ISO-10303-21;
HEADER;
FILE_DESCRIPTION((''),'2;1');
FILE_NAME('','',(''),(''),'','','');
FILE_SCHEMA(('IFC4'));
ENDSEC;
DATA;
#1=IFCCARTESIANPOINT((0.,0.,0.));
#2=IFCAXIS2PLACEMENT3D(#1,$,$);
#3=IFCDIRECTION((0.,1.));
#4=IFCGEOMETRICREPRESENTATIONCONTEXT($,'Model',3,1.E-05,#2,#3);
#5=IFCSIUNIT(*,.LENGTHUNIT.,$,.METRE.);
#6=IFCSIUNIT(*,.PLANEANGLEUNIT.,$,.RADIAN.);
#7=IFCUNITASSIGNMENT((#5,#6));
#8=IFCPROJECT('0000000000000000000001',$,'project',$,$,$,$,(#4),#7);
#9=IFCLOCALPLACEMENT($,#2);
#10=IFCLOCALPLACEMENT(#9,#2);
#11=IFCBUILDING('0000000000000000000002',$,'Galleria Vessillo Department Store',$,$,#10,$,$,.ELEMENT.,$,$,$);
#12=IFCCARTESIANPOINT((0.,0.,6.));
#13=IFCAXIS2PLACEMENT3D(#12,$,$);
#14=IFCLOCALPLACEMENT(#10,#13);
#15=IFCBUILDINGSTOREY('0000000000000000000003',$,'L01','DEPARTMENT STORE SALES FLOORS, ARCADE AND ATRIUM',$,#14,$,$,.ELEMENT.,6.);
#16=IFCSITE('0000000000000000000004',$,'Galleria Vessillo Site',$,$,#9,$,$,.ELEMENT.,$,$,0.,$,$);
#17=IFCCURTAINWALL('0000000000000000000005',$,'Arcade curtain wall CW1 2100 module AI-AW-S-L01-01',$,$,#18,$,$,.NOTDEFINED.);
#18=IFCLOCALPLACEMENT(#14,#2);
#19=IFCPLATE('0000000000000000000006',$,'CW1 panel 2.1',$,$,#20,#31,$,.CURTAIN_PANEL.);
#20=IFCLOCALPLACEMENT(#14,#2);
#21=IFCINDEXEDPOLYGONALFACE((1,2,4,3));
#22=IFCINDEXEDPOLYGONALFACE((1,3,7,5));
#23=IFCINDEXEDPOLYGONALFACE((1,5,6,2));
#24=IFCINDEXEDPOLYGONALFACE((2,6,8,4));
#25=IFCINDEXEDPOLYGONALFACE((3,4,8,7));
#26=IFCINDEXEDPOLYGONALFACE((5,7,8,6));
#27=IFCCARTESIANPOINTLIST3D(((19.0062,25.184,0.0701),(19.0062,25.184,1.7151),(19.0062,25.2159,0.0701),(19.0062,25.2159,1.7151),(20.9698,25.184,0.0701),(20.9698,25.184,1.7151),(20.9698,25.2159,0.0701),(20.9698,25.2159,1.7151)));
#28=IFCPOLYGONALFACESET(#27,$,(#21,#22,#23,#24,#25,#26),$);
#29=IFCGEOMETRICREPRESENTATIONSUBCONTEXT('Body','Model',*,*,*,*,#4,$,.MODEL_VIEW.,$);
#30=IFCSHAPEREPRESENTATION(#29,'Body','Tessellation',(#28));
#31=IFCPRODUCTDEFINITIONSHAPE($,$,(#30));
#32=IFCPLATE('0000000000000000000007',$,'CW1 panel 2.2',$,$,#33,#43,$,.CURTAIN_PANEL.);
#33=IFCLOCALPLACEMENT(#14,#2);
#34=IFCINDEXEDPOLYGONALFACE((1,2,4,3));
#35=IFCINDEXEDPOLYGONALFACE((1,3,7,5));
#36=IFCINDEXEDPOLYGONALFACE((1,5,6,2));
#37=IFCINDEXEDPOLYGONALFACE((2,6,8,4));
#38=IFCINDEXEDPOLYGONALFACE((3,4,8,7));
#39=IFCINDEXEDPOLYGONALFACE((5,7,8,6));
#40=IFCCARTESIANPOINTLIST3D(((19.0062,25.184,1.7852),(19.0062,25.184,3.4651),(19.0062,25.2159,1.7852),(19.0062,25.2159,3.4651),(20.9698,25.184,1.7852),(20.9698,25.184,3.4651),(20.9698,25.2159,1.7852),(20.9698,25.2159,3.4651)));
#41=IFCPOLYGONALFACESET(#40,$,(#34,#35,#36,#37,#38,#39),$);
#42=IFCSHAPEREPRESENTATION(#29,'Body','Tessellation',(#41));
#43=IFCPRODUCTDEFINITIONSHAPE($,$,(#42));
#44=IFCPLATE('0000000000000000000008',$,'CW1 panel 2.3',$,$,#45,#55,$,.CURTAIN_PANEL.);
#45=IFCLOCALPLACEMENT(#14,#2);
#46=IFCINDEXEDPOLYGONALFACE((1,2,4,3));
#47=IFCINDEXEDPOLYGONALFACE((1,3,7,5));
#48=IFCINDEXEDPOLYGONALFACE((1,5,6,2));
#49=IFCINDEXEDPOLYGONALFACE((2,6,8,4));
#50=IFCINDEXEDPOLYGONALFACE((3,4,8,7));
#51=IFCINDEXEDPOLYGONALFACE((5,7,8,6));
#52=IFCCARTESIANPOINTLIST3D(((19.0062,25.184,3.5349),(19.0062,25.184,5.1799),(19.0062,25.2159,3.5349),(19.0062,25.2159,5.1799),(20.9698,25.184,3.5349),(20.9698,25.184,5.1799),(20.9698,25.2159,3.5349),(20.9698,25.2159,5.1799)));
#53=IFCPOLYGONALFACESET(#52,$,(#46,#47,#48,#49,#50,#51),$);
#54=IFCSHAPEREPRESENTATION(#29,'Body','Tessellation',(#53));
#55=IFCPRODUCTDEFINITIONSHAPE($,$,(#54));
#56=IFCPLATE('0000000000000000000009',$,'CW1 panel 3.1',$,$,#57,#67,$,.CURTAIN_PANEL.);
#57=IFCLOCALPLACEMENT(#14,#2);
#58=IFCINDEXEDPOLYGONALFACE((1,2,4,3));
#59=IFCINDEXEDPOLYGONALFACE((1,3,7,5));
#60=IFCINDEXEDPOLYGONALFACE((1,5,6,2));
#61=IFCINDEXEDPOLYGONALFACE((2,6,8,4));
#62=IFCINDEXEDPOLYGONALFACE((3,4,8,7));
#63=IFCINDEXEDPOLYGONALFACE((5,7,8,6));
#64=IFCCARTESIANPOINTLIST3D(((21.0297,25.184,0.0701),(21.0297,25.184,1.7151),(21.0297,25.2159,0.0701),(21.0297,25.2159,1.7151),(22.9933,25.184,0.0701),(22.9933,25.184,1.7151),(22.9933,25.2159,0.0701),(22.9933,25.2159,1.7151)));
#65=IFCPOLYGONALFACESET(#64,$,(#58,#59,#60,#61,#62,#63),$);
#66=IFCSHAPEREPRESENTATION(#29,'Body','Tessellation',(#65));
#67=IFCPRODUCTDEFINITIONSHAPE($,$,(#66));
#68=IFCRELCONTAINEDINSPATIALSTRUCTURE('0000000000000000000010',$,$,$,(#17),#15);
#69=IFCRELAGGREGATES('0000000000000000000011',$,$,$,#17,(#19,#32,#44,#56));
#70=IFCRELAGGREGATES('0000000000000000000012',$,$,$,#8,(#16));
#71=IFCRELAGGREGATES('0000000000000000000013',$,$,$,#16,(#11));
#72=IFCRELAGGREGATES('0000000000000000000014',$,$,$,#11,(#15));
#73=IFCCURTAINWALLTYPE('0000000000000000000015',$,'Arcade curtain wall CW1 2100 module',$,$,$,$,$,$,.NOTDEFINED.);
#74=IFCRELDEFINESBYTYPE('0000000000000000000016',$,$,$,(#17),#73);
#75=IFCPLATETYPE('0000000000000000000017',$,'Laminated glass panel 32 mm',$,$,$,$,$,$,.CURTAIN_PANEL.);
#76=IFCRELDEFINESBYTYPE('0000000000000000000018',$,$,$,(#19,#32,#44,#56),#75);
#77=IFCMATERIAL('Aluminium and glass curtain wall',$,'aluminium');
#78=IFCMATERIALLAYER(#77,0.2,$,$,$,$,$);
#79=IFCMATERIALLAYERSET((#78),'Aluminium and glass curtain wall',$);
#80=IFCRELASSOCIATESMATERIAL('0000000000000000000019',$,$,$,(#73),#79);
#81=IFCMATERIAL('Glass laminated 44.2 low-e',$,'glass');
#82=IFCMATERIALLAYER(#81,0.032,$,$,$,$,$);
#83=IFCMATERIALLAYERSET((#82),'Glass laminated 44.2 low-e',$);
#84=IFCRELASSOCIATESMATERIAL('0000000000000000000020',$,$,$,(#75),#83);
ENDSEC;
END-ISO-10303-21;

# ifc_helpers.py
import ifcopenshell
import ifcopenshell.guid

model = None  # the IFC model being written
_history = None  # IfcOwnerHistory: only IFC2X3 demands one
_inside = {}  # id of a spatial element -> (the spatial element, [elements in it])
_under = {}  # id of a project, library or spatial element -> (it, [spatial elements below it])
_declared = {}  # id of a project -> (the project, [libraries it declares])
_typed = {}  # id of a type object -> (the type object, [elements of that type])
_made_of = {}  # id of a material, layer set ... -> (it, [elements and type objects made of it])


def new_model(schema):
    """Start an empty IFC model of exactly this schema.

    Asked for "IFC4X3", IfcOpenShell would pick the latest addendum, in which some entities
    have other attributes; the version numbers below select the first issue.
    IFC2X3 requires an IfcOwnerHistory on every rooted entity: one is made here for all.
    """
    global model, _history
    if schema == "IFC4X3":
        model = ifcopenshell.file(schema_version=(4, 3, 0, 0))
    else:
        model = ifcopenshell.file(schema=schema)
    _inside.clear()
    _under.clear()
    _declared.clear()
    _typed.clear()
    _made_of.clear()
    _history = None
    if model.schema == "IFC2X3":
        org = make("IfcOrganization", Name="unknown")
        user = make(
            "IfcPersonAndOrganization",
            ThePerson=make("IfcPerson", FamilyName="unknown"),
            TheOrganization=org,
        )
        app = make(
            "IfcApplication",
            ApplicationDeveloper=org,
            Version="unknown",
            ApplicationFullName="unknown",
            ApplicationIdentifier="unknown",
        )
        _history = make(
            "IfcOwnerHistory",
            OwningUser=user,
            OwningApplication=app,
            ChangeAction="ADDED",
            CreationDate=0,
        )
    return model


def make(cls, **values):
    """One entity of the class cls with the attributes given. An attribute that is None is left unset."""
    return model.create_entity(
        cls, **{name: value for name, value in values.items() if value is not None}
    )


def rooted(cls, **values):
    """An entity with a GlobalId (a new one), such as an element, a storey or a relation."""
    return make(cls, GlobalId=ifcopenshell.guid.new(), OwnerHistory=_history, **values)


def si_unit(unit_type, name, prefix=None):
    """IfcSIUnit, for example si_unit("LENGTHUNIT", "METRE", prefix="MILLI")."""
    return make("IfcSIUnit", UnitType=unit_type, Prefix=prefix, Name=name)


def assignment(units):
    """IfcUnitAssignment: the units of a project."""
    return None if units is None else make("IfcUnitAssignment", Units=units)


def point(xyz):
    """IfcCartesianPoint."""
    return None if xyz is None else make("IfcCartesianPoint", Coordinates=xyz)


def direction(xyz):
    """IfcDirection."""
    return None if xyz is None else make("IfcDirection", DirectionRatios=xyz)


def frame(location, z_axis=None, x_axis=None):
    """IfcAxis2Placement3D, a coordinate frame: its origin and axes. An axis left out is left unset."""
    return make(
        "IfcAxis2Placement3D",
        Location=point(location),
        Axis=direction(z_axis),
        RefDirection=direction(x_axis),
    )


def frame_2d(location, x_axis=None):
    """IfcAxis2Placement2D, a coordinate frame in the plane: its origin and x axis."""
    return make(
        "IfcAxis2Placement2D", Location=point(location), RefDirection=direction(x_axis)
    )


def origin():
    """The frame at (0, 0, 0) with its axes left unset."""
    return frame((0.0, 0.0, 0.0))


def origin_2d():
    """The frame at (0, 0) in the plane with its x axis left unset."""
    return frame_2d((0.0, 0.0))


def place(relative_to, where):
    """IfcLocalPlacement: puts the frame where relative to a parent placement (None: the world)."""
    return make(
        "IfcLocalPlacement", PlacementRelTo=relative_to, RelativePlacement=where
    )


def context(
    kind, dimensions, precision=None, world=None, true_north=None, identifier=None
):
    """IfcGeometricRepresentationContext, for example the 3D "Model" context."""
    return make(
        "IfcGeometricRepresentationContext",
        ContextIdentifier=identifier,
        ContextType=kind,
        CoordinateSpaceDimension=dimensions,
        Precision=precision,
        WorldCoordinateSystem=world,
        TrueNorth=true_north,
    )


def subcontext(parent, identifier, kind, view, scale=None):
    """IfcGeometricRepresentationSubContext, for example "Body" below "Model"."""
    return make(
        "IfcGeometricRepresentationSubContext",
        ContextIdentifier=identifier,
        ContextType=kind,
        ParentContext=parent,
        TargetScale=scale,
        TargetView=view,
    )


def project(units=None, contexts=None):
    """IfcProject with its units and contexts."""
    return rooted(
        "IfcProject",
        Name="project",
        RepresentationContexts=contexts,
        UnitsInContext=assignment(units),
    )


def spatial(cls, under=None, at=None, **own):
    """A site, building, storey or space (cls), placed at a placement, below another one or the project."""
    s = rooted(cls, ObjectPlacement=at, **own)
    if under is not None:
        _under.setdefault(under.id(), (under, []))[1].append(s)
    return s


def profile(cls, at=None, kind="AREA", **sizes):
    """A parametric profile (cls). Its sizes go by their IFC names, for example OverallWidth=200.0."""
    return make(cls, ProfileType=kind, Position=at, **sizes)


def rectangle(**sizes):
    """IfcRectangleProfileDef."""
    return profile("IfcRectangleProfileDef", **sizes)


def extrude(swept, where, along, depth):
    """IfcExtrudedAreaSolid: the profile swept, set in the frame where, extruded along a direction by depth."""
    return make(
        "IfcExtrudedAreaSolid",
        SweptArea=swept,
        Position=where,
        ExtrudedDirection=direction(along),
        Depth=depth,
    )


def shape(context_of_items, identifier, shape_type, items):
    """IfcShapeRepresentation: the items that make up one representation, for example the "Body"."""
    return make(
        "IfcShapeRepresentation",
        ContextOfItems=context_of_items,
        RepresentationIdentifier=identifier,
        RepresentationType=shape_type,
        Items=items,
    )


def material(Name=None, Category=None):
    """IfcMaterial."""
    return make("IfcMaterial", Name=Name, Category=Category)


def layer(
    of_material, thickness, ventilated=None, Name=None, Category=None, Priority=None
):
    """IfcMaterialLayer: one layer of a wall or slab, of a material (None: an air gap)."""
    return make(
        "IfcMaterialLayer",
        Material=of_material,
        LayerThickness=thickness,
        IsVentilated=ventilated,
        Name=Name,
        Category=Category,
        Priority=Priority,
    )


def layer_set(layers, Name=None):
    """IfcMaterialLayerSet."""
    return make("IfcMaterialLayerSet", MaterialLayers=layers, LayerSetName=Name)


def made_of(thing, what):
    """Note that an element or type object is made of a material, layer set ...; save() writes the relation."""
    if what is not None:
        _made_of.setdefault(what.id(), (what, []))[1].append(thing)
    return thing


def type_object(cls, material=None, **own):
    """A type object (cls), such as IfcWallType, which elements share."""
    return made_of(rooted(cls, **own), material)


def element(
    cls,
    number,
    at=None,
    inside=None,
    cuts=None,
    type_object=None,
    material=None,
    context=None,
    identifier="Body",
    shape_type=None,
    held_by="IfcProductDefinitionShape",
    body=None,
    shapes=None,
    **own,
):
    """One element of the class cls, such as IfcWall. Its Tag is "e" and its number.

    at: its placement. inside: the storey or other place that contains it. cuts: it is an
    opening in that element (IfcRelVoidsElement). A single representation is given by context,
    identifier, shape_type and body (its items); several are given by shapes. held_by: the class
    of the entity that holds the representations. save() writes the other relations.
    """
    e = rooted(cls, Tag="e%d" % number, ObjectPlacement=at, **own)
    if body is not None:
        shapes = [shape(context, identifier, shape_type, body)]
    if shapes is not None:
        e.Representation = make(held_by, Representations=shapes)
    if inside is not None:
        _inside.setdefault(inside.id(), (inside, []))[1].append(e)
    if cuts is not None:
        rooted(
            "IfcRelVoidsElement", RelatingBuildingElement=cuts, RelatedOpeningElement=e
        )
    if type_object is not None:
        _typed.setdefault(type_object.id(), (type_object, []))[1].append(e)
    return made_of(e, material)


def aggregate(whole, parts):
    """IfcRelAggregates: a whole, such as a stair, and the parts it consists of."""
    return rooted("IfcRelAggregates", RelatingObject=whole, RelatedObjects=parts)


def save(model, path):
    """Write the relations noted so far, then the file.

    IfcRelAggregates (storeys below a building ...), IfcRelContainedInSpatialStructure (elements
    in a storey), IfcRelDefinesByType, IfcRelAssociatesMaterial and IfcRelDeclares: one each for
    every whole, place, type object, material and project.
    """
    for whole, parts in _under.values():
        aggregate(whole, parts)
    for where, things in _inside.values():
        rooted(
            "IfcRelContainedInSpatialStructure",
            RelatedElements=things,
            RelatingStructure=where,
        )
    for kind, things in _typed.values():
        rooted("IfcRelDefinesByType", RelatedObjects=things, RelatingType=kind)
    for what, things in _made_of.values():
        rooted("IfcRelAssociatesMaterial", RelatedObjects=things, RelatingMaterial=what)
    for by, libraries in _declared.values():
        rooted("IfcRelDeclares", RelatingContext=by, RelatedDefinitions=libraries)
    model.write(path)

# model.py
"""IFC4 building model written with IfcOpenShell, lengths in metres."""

from ifc_helpers import new_model, si_unit, direction, frame, origin, origin_2d, place, context, subcontext, project, spatial, rectangle, extrude, material, layer, layer_set, type_object, element, aggregate, save


model = new_model("IFC4")

# Units and contexts
model_context = context("Model", 3, precision=1e-05, world=origin(), true_north=direction((0.0, 1.0)))
body_context = subcontext(model_context, "Body", "Model", "MODEL_VIEW")
ifc_project = project(units=[si_unit("LENGTHUNIT", "METRE"), si_unit("PLANEANGLEUNIT", "RADIAN")], contexts=[model_context])

# Site, building, storey
site_placement = place(None, origin())
site = spatial("IfcSite", under=ifc_project, at=site_placement, Name="Galleria Vessillo Site", CompositionType="ELEMENT", RefElevation=0.0)
building_placement = place(site_placement, origin())
building = spatial("IfcBuilding", under=site, at=building_placement, Name="Galleria Vessillo Department Store", CompositionType="ELEMENT")
storey_placement = place(building_placement, frame((0.0, 0.0, 6.0)))
storey = spatial("IfcBuildingStorey", under=building, at=storey_placement, Name="L01", Description="DEPARTMENT STORE SALES FLOORS, ARCADE AND ATRIUM", CompositionType="ELEMENT", Elevation=6.0)

# Curtain wall
ifc_material_1 = material(Name="Aluminium and glass curtain wall", Category="aluminium")
ifc_layer_1 = layer(ifc_material_1, 0.2)
ifc_layer_set_1 = layer_set([ifc_layer_1], Name="Aluminium and glass curtain wall")
curtain_wall_type_1 = type_object("IfcCurtainWallType", Name="Arcade curtain wall CW1 2100 module", PredefinedType="NOTDEFINED", material=ifc_layer_set_1)
curtain_wall_1_placement = place(storey_placement, origin())
curtain_wall_1 = element("IfcCurtainWall", 1, at=curtain_wall_1_placement, inside=storey, type_object=curtain_wall_type_1, Name="Arcade curtain wall CW1 2100 module AI-AW-S-L01-01", PredefinedType="NOTDEFINED")

# Plates
ifc_material_2 = material(Name="Glass laminated 44.2 low-e", Category="glass")
ifc_layer_2 = layer(ifc_material_2, 0.032)
ifc_layer_set_2 = layer_set([ifc_layer_2], Name="Glass laminated 44.2 low-e")
plate_type_1 = type_object("IfcPlateType", Name="Laminated glass panel 32 mm", PredefinedType="CURTAIN_PANEL", material=ifc_layer_set_2)
plate_1_placement = place(storey_placement, frame((19.988, 25.2, 0.0701), z_axis=(0.0, 0.0, 1.0), x_axis=(1.0, 0.0, 0.0)))
plate_1 = element("IfcPlate", 2, at=plate_1_placement, type_object=plate_type_1, Name="CW1 panel 2.1", PredefinedType="CURTAIN_PANEL", context=body_context, shape_type="SweptSolid", body=[
    extrude(rectangle(XDim=1.9636, YDim=0.032, at=origin_2d()), origin(), (0.0, 0.0, 1.0), 1.645),
])
plate_2_placement = place(storey_placement, frame((19.988, 25.2, 1.7852), z_axis=(0.0, 0.0, 1.0), x_axis=(1.0, 0.0, 0.0)))
plate_2 = element("IfcPlate", 3, at=plate_2_placement, type_object=plate_type_1, Name="CW1 panel 2.2", PredefinedType="CURTAIN_PANEL", context=body_context, shape_type="SweptSolid", body=[
    extrude(rectangle(XDim=1.9636, YDim=0.032, at=origin_2d()), origin(), (0.0, 0.0, 1.0), 1.6799),
])
plate_3_placement = place(storey_placement, frame((19.988, 25.2, 3.5349), z_axis=(0.0, 0.0, 1.0), x_axis=(1.0, 0.0, 0.0)))
plate_3 = element("IfcPlate", 4, at=plate_3_placement, type_object=plate_type_1, Name="CW1 panel 2.3", PredefinedType="CURTAIN_PANEL", context=body_context, shape_type="SweptSolid", body=[
    extrude(rectangle(XDim=1.9636, YDim=0.032, at=origin_2d()), origin(), (0.0, 0.0, 1.0), 1.645),
])
plate_4_placement = place(storey_placement, frame((22.0115, 25.2, 0.0701), z_axis=(0.0, 0.0, 1.0), x_axis=(1.0, 0.0, 0.0)))
plate_4 = element("IfcPlate", 5, at=plate_4_placement, type_object=plate_type_1, Name="CW1 panel 3.1", PredefinedType="CURTAIN_PANEL", context=body_context, shape_type="SweptSolid", body=[
    extrude(rectangle(XDim=1.9636, YDim=0.032, at=origin_2d()), origin(), (0.0, 0.0, 1.0), 1.645),
])
aggregate(curtain_wall_1, [plate_1, plate_2, plate_3, plate_4])

save(model, "model.ifc")
